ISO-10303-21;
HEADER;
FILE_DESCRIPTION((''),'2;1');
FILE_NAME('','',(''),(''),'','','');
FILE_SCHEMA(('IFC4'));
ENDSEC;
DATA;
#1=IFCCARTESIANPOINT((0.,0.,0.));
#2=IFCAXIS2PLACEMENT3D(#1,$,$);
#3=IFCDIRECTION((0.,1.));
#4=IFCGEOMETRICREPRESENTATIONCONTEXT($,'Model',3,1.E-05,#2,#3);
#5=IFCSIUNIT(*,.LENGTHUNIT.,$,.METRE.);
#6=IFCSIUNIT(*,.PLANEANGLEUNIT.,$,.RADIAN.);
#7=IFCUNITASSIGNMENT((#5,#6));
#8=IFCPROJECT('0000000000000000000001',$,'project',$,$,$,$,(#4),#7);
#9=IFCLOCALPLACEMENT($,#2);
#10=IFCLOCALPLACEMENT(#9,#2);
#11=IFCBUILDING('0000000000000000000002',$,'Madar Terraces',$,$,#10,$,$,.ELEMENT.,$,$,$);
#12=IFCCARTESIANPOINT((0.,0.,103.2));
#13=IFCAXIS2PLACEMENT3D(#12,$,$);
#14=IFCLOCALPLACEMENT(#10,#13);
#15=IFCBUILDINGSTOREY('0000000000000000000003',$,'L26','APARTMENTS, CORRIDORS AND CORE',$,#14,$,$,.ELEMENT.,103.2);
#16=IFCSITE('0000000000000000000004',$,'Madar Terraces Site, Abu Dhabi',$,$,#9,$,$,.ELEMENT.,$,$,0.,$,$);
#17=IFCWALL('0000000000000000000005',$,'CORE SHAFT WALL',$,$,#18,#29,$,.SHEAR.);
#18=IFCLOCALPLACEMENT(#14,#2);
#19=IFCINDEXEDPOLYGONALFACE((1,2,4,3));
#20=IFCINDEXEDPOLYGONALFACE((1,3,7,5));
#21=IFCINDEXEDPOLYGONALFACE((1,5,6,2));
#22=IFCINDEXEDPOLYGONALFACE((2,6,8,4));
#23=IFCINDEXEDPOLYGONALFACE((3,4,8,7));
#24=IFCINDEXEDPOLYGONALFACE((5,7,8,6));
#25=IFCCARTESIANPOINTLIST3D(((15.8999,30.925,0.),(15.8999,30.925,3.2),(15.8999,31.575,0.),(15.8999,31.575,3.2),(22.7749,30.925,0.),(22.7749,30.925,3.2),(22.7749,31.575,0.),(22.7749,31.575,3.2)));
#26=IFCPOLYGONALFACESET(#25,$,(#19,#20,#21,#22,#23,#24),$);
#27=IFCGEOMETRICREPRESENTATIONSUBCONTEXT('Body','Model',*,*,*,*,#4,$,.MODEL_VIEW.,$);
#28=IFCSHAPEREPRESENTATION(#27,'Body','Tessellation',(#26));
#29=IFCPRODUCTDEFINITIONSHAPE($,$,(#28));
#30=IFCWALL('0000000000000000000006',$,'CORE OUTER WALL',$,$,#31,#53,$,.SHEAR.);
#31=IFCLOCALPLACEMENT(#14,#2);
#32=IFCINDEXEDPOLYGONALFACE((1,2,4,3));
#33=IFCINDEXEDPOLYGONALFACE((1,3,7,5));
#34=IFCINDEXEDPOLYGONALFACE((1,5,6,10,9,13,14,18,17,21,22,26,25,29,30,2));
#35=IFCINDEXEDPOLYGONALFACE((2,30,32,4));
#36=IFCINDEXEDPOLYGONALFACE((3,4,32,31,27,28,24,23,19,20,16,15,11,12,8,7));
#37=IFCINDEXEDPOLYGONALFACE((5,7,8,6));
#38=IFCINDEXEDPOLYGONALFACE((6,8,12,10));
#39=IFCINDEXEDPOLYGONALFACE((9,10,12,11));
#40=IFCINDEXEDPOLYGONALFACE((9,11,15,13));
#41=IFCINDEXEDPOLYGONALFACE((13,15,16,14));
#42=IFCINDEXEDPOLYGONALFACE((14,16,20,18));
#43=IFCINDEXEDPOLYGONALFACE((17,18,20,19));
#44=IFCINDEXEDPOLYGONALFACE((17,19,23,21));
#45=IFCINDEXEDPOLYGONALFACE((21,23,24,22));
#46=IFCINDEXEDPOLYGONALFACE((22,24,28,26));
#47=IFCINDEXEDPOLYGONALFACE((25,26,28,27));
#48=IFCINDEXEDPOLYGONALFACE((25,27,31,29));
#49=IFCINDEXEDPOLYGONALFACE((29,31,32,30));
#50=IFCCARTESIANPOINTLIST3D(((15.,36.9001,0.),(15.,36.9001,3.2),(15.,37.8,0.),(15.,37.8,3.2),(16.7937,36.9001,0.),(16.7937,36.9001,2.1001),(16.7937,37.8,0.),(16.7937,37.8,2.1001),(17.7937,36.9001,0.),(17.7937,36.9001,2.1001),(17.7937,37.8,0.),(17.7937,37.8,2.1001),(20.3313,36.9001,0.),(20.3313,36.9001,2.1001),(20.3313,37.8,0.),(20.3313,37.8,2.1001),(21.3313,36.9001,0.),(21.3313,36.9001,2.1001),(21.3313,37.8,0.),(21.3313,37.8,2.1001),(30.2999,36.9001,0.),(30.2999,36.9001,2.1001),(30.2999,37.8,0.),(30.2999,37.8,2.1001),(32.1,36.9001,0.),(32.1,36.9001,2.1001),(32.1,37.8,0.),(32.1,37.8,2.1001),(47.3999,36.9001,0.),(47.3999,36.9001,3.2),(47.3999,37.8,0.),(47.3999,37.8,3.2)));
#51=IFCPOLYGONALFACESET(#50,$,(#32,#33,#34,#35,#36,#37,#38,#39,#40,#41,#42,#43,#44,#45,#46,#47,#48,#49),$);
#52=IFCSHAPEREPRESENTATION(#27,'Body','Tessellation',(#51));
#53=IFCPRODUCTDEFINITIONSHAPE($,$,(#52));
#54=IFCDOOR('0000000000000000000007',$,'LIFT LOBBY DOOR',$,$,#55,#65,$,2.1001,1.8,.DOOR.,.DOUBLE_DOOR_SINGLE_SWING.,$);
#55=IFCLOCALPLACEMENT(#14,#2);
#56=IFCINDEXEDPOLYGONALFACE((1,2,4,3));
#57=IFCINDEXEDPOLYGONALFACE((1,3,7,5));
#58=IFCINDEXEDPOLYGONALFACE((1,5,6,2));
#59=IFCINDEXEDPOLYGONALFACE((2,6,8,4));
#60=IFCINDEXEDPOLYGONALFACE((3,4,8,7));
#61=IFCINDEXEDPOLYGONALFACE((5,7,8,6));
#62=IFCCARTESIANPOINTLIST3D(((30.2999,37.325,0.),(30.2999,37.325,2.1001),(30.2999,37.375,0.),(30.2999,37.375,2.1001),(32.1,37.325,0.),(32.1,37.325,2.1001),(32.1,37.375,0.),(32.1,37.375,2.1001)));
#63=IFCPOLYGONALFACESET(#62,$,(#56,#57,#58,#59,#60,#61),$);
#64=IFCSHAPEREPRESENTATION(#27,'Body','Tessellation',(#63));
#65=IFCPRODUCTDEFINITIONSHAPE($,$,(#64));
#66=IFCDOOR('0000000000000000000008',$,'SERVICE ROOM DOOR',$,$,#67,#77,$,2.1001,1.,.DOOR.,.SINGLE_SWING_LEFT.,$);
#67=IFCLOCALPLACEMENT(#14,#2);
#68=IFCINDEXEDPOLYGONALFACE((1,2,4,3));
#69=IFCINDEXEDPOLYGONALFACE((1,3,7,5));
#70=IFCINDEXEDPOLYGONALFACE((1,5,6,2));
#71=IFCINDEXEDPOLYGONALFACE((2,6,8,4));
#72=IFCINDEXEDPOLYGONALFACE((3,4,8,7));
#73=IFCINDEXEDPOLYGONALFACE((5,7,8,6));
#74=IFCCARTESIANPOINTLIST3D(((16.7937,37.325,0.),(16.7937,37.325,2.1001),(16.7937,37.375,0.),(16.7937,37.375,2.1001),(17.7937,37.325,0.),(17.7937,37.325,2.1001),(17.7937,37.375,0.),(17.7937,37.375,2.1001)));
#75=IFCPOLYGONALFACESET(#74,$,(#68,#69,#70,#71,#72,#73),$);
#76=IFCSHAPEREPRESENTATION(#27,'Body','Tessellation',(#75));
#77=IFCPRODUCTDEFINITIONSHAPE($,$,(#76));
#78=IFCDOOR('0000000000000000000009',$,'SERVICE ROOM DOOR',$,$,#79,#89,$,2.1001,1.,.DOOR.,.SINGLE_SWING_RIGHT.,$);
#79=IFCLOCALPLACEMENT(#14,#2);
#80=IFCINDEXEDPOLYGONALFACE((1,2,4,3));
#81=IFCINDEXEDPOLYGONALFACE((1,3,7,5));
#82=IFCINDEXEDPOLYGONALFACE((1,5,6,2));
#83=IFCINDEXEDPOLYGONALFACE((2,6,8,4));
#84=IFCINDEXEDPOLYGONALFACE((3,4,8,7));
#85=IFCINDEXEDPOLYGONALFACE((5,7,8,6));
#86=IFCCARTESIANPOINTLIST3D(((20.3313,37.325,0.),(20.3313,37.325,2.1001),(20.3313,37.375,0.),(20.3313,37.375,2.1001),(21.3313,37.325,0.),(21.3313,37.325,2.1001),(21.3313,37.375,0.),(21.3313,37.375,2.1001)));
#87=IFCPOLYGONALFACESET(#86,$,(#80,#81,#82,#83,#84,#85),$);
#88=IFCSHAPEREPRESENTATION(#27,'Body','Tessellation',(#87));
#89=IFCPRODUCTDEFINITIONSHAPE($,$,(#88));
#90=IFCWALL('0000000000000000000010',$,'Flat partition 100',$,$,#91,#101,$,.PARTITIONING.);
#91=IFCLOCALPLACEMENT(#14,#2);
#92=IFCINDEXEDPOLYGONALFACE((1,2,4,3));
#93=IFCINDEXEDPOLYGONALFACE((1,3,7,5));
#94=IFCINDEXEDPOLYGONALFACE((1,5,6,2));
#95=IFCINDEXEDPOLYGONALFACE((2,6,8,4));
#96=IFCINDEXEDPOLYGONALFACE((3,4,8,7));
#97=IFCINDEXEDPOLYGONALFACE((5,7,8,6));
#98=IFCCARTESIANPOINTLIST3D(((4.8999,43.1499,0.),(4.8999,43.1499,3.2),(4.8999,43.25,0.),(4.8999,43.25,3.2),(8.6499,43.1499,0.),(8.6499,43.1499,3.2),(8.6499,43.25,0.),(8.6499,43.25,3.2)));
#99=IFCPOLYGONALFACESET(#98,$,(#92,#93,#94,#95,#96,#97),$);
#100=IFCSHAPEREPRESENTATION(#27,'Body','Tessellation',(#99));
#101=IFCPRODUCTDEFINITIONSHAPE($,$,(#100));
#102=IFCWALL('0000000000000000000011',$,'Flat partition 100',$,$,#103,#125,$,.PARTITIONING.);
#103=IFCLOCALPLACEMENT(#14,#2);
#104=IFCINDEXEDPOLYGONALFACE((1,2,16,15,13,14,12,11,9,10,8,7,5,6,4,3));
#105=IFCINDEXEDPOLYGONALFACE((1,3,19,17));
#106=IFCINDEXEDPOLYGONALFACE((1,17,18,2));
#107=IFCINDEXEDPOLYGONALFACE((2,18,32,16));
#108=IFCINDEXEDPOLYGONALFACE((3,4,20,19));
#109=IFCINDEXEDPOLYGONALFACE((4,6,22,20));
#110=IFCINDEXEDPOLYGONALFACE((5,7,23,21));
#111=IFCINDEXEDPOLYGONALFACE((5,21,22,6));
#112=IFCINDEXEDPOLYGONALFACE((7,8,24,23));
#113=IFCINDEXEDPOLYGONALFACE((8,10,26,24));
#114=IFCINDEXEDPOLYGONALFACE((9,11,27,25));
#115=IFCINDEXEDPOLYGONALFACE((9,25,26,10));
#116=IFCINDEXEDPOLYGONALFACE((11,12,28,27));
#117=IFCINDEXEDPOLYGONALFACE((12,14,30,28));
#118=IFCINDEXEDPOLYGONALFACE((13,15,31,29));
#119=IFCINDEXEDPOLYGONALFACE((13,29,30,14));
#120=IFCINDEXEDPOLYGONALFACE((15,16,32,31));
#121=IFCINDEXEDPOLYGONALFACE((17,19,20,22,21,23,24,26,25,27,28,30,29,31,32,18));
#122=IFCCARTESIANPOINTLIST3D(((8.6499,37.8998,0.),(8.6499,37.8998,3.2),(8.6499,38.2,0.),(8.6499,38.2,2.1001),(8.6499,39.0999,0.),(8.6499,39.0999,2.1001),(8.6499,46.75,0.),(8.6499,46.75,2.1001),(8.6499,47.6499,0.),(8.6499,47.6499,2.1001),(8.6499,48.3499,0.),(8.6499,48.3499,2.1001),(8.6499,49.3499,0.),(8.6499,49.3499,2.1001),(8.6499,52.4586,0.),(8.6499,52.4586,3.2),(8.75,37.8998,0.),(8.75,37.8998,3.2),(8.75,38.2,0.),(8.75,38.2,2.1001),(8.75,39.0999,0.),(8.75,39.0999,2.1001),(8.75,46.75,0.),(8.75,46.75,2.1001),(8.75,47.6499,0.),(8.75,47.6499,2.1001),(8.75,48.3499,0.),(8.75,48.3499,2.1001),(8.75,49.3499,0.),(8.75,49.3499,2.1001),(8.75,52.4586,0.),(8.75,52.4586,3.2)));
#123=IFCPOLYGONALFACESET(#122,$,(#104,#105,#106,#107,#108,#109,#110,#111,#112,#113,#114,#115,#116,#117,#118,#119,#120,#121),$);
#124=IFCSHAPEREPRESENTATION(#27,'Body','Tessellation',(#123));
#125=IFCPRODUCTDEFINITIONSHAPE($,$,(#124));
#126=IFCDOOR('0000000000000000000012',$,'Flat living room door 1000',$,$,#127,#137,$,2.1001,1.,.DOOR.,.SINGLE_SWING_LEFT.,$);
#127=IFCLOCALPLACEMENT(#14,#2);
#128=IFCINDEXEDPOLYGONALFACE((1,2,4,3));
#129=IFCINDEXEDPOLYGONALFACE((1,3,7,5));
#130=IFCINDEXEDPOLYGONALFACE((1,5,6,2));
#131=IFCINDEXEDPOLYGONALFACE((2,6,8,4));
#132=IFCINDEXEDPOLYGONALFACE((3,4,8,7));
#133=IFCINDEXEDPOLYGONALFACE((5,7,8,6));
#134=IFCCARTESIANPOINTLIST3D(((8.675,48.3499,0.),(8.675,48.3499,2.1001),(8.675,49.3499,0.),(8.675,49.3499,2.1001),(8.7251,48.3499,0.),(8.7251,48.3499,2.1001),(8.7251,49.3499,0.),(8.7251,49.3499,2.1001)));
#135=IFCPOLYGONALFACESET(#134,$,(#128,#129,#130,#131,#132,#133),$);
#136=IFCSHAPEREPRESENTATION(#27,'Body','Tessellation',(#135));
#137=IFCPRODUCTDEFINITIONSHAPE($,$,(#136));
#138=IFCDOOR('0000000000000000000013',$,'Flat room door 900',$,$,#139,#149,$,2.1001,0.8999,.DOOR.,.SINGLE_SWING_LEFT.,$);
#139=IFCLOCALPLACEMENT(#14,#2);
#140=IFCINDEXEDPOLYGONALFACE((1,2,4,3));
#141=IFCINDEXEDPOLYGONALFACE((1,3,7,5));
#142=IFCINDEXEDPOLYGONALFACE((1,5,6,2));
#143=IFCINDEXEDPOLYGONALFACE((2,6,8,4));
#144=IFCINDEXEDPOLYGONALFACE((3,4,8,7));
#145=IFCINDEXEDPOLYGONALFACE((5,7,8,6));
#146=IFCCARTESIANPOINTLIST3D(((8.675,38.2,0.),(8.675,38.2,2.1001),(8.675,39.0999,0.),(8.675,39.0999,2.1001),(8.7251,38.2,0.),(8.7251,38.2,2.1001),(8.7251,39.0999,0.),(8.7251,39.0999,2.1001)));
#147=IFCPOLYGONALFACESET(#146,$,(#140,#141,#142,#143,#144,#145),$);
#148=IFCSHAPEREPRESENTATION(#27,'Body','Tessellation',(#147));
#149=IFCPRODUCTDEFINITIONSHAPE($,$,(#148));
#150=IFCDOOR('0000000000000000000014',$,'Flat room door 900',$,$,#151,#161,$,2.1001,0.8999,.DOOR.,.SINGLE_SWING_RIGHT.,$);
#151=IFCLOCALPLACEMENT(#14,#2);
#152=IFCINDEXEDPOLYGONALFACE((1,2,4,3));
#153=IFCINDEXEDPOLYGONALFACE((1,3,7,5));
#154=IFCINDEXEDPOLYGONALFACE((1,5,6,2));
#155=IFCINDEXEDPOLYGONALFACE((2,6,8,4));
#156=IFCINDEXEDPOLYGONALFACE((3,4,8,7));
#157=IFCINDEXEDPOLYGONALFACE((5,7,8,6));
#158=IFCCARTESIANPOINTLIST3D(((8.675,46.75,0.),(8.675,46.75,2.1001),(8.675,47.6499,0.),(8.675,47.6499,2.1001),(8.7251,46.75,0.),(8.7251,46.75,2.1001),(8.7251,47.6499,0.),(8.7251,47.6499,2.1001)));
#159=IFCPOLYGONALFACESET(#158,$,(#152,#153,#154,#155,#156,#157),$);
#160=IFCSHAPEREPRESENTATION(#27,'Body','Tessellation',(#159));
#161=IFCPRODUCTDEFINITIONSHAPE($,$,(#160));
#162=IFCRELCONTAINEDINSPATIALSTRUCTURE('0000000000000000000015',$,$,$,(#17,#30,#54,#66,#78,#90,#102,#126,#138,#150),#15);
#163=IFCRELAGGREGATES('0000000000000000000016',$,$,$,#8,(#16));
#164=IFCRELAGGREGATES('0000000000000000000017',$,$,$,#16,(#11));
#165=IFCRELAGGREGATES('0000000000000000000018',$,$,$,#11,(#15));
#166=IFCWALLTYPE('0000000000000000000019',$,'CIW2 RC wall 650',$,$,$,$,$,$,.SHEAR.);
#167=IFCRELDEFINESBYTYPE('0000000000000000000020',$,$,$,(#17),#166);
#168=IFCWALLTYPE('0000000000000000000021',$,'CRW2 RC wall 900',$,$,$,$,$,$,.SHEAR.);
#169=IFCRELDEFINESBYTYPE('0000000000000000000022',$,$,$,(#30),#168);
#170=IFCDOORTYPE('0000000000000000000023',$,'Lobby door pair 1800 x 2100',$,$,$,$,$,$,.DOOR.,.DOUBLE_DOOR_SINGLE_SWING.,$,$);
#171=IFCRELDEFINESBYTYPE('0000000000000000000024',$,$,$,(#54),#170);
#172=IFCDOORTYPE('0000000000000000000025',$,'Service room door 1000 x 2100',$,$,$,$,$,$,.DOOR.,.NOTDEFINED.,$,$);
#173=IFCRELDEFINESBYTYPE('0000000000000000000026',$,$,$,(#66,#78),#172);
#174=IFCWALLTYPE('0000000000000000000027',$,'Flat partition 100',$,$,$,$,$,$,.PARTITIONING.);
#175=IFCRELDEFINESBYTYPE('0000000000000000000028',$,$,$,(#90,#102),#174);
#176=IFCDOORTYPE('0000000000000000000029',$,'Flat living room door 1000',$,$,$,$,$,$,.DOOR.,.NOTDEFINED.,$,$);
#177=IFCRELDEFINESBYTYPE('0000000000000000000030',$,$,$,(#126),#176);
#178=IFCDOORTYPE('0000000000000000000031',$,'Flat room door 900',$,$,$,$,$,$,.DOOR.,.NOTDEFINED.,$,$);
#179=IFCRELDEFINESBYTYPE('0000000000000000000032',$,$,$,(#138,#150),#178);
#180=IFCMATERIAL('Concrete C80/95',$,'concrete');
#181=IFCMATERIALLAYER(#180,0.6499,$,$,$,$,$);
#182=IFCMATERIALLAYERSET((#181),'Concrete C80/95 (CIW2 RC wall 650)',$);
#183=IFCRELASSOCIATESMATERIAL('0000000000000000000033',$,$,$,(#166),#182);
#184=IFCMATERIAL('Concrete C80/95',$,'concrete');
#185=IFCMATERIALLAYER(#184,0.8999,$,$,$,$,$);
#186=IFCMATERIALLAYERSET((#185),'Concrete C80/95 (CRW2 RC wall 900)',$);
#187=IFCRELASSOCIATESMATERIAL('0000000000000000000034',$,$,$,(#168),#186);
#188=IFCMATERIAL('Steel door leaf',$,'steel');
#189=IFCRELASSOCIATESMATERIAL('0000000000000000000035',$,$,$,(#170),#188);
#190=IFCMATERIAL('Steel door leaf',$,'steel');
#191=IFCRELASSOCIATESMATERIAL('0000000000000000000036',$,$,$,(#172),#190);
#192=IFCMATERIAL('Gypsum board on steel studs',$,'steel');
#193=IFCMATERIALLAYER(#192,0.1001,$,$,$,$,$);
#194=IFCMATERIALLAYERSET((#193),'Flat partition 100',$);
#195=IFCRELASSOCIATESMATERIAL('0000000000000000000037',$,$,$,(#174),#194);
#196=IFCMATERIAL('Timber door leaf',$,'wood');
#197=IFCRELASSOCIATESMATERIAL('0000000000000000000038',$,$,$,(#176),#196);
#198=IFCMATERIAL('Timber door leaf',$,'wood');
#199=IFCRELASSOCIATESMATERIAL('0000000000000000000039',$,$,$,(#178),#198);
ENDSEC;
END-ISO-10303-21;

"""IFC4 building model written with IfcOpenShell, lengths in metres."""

from ifc_helpers import new_model, si_unit, direction, frame, frame_2d, origin, place, context, subcontext, project, spatial, rectangle, extrude, material, layer, layer_set, type_object, element, fill, save


model = new_model("IFC4")

# Units and contexts
model_context = context("Model", 3, precision=1e-05, world=origin(), true_north=direction((0.0, 1.0)))
body_context = subcontext(model_context, "Body", "Model", "MODEL_VIEW")
ifc_project = project(units=[si_unit("LENGTHUNIT", "METRE"), si_unit("PLANEANGLEUNIT", "RADIAN")], contexts=[model_context])

# Site, building, storey
site_placement = place(None, origin())
site = spatial("IfcSite", under=ifc_project, at=site_placement, Name="Madar Terraces Site, Abu Dhabi", CompositionType="ELEMENT", RefElevation=0.0)
building_placement = place(site_placement, origin())
building = spatial("IfcBuilding", under=site, at=building_placement, Name="Madar Terraces", CompositionType="ELEMENT")
storey_placement = place(building_placement, frame((0.0, 0.0, 103.2)))
storey = spatial("IfcBuildingStorey", under=building, at=storey_placement, Name="L26", Description="APARTMENTS, CORRIDORS AND CORE", CompositionType="ELEMENT", Elevation=103.2)

# Wall
ifc_material_1 = material(Name="Concrete C80/95", Category="concrete")
ifc_layer_1 = layer(ifc_material_1, 0.6499)
ifc_layer_set_1 = layer_set([ifc_layer_1], Name="Concrete C80/95 (CIW2 RC wall 650)")
wall_type_1 = type_object("IfcWallType", Name="CIW2 RC wall 650", PredefinedType="SHEAR", material=ifc_layer_set_1)
wall_1_placement = place(storey_placement, frame((15.8999, 31.25, 0.0), z_axis=(0.0, 0.0, 1.0), x_axis=(1.0, 0.0, 0.0)))
element("IfcWall", 1, at=wall_1_placement, inside=storey, type_object=wall_type_1, Name="CORE SHAFT WALL", PredefinedType="SHEAR", context=body_context, shape_type="SweptSolid", body=[
    extrude(rectangle(XDim=6.875, YDim=0.6499, at=frame_2d((3.4375, 0.0))), origin(), (0.0, 0.0, 1.0), 3.2),
])

# Wall, openings, doors
ifc_material_2 = material(Name="Concrete C80/95", Category="concrete")
ifc_layer_2 = layer(ifc_material_2, 0.8999)
ifc_layer_set_2 = layer_set([ifc_layer_2], Name="Concrete C80/95 (CRW2 RC wall 900)")
wall_type_2 = type_object("IfcWallType", Name="CRW2 RC wall 900", PredefinedType="SHEAR", material=ifc_layer_set_2)
wall_2_placement = place(storey_placement, frame((15.0, 37.3501, 0.0), z_axis=(0.0, 0.0, 1.0), x_axis=(1.0, 0.0, 0.0)))
wall_2 = element("IfcWall", 2, at=wall_2_placement, inside=storey, type_object=wall_type_2, Name="CORE OUTER WALL", PredefinedType="SHEAR", context=body_context, shape_type="SweptSolid", body=[
    extrude(rectangle(XDim=32.3999, YDim=0.8999, at=frame_2d((16.2, 0.0))), origin(), (0.0, 0.0, 1.0), 3.2),
])
opening_1_placement = place(wall_2_placement, frame((15.3, 0.0, 0.0)))
opening_1 = element("IfcOpeningElement", 3, at=opening_1_placement, cuts=wall_2, PredefinedType="OPENING", context=body_context, shape_type="SweptSolid", body=[
    extrude(rectangle(XDim=1.8, YDim=2.1001, at=frame_2d((0.8999, 1.05))), frame((0.0, 0.46, 0.0), z_axis=(0.0, -1.0, 0.0), x_axis=(1.0, 0.0, 0.0)), (0.0, 0.0, 1.0), 0.9199),
])
opening_2_placement = place(wall_2_placement, frame((1.7937, 0.0, 0.0)))
opening_2 = element("IfcOpeningElement", 4, at=opening_2_placement, cuts=wall_2, PredefinedType="OPENING", context=body_context, shape_type="SweptSolid", body=[
    extrude(rectangle(XDim=1.0, YDim=2.1001, at=frame_2d((0.5, 1.05))), frame((0.0, 0.46, 0.0), z_axis=(0.0, -1.0, 0.0), x_axis=(1.0, 0.0, 0.0)), (0.0, 0.0, 1.0), 0.9199),
])
opening_3_placement = place(wall_2_placement, frame((5.3313, 0.0, 0.0)))
opening_3 = element("IfcOpeningElement", 5, at=opening_3_placement, cuts=wall_2, PredefinedType="OPENING", context=body_context, shape_type="SweptSolid", body=[
    extrude(rectangle(XDim=1.0, YDim=2.1001, at=frame_2d((0.5, 1.05))), frame((0.0, 0.46, 0.0), z_axis=(0.0, -1.0, 0.0), x_axis=(1.0, 0.0, 0.0)), (0.0, 0.0, 1.0), 0.9199),
])
ifc_material_3 = material(Name="Steel door leaf", Category="steel")
door_type_1 = type_object("IfcDoorType", Name="Lobby door pair 1800 x 2100", OperationType="DOUBLE_DOOR_SINGLE_SWING", PredefinedType="DOOR", material=ifc_material_3)
door_1_placement = place(opening_1_placement, origin())
door_1 = element("IfcDoor", 6, at=door_1_placement, inside=storey, type_object=door_type_1, Name="LIFT LOBBY DOOR", OperationType="DOUBLE_DOOR_SINGLE_SWING", OverallHeight=2.1001, OverallWidth=1.8, PredefinedType="DOOR", context=body_context, shape_type="SweptSolid", body=[
    extrude(rectangle(XDim=1.8, YDim=2.1001, at=frame_2d((0.8999, 1.05))), frame((0.0, 0.0249, 0.0), z_axis=(0.0, -1.0, 0.0), x_axis=(1.0, 0.0, 0.0)), (0.0, 0.0, 1.0), 0.05),
])
fill(opening_1, door_1)
ifc_material_4 = material(Name="Steel door leaf", Category="steel")
door_type_2 = type_object("IfcDoorType", Name="Service room door 1000 x 2100", OperationType="NOTDEFINED", PredefinedType="DOOR", material=ifc_material_4)
door_2_placement = place(opening_2_placement, origin())
door_2 = element("IfcDoor", 7, at=door_2_placement, inside=storey, type_object=door_type_2, Name="SERVICE ROOM DOOR", OperationType="SINGLE_SWING_LEFT", OverallHeight=2.1001, OverallWidth=1.0, PredefinedType="DOOR", context=body_context, shape_type="SweptSolid", body=[
    extrude(rectangle(XDim=1.0, YDim=2.1001, at=frame_2d((0.5, 1.05))), frame((0.0, 0.0249, 0.0), z_axis=(0.0, -1.0, 0.0), x_axis=(1.0, 0.0, 0.0)), (0.0, 0.0, 1.0), 0.05),
])
fill(opening_2, door_2)
door_3_placement = place(opening_3_placement, origin())
door_3 = element("IfcDoor", 8, at=door_3_placement, inside=storey, type_object=door_type_2, Name="SERVICE ROOM DOOR", OperationType="SINGLE_SWING_RIGHT", OverallHeight=2.1001, OverallWidth=1.0, PredefinedType="DOOR", context=body_context, shape_type="SweptSolid", body=[
    extrude(rectangle(XDim=1.0, YDim=2.1001, at=frame_2d((0.5, 1.05))), frame((0.0, 0.0249, 0.0), z_axis=(0.0, -1.0, 0.0), x_axis=(1.0, 0.0, 0.0)), (0.0, 0.0, 1.0), 0.05),
])
fill(opening_3, door_3)

# Wall
ifc_material_5 = material(Name="Gypsum board on steel studs", Category="steel")
ifc_layer_3 = layer(ifc_material_5, 0.1001)
ifc_layer_set_3 = layer_set([ifc_layer_3], Name="Flat partition 100")
wall_type_3 = type_object("IfcWallType", Name="Flat partition 100", PredefinedType="PARTITIONING", material=ifc_layer_set_3)
wall_3_placement = place(storey_placement, frame((8.6499, 43.2, 0.0), z_axis=(0.0, 0.0, 1.0), x_axis=(-1.0, 0.0, 0.0)))
element("IfcWall", 9, at=wall_3_placement, inside=storey, type_object=wall_type_3, Name="Flat partition 100", PredefinedType="PARTITIONING", context=body_context, shape_type="SweptSolid", body=[
    extrude(rectangle(XDim=3.75, YDim=0.1001, at=frame_2d((1.875, 0.0))), origin(), (0.0, 0.0, 1.0), 3.2),
])

# Wall, openings, doors
wall_4_placement = place(storey_placement, frame((8.7, 37.8999, 0.0), z_axis=(0.0, 0.0, 1.0), x_axis=(0.0, 1.0, 0.0)))
wall_4 = element("IfcWall", 10, at=wall_4_placement, inside=storey, type_object=wall_type_3, Name="Flat partition 100", PredefinedType="PARTITIONING", context=body_context, shape_type="SweptSolid", body=[
    extrude(rectangle(XDim=14.5588, YDim=0.1001, at=frame_2d((7.2793, 0.0))), origin(), (0.0, 0.0, 1.0), 3.2),
])
opening_4_placement = place(wall_4_placement, frame((0.3, 0.0, 0.0)))
opening_4 = element("IfcOpeningElement", 11, at=opening_4_placement, cuts=wall_4, PredefinedType="OPENING", context=body_context, shape_type="SweptSolid", body=[
    extrude(rectangle(XDim=0.8999, YDim=2.1001, at=frame_2d((0.45, 1.05))), frame((0.0, 0.0601, 0.0), z_axis=(0.0, -1.0, 0.0), x_axis=(1.0, 0.0, 0.0)), (0.0, 0.0, 1.0), 0.1201),
])
opening_5_placement = place(wall_4_placement, frame((8.8501, 0.0, 0.0)))
opening_5 = element("IfcOpeningElement", 12, at=opening_5_placement, cuts=wall_4, PredefinedType="OPENING", context=body_context, shape_type="SweptSolid", body=[
    extrude(rectangle(XDim=0.8999, YDim=2.1001, at=frame_2d((0.45, 1.05))), frame((0.0, 0.0601, 0.0), z_axis=(0.0, -1.0, 0.0), x_axis=(1.0, 0.0, 0.0)), (0.0, 0.0, 1.0), 0.1201),
])
opening_6_placement = place(wall_4_placement, frame((10.45, 0.0, 0.0)))
opening_6 = element("IfcOpeningElement", 13, at=opening_6_placement, cuts=wall_4, PredefinedType="OPENING", context=body_context, shape_type="SweptSolid", body=[
    extrude(rectangle(XDim=1.0, YDim=2.1001, at=frame_2d((0.5, 1.05))), frame((0.0, 0.0601, 0.0), z_axis=(0.0, -1.0, 0.0), x_axis=(1.0, 0.0, 0.0)), (0.0, 0.0, 1.0), 0.1201),
])
ifc_material_6 = material(Name="Timber door leaf", Category="wood")
door_type_3 = type_object("IfcDoorType", Name="Flat living room door 1000", OperationType="NOTDEFINED", PredefinedType="DOOR", material=ifc_material_6)
door_4_placement = place(opening_6_placement, origin())
door_4 = element("IfcDoor", 14, at=door_4_placement, inside=storey, type_object=door_type_3, Name="Flat living room door 1000", OperationType="SINGLE_SWING_LEFT", OverallHeight=2.1001, OverallWidth=1.0, PredefinedType="DOOR", context=body_context, shape_type="SweptSolid", body=[
    extrude(rectangle(XDim=1.0, YDim=2.1001, at=frame_2d((0.5, 1.05))), frame((0.0, 0.0249, 0.0), z_axis=(0.0, -1.0, 0.0), x_axis=(1.0, 0.0, 0.0)), (0.0, 0.0, 1.0), 0.05),
])
fill(opening_6, door_4)
ifc_material_7 = material(Name="Timber door leaf", Category="wood")
door_type_4 = type_object("IfcDoorType", Name="Flat room door 900", OperationType="NOTDEFINED", PredefinedType="DOOR", material=ifc_material_7)
door_5_placement = place(opening_4_placement, origin())
door_5 = element("IfcDoor", 15, at=door_5_placement, inside=storey, type_object=door_type_4, Name="Flat room door 900", OperationType="SINGLE_SWING_LEFT", OverallHeight=2.1001, OverallWidth=0.8999, PredefinedType="DOOR", context=body_context, shape_type="SweptSolid", body=[
    extrude(rectangle(XDim=0.8999, YDim=2.1001, at=frame_2d((0.45, 1.05))), frame((0.0, 0.0249, 0.0), z_axis=(0.0, -1.0, 0.0), x_axis=(1.0, 0.0, 0.0)), (0.0, 0.0, 1.0), 0.05),
])
fill(opening_4, door_5)
door_6_placement = place(opening_5_placement, origin())
door_6 = element("IfcDoor", 16, at=door_6_placement, inside=storey, type_object=door_type_4, Name="Flat room door 900", OperationType="SINGLE_SWING_RIGHT", OverallHeight=2.1001, OverallWidth=0.8999, PredefinedType="DOOR", context=body_context, shape_type="SweptSolid", body=[
    extrude(rectangle(XDim=0.8999, YDim=2.1001, at=frame_2d((0.45, 1.05))), frame((0.0, 0.0249, 0.0), z_axis=(0.0, -1.0, 0.0), x_axis=(1.0, 0.0, 0.0)), (0.0, 0.0, 1.0), 0.05),
])
fill(opening_5, door_6)

save(model, "model.ifc")
